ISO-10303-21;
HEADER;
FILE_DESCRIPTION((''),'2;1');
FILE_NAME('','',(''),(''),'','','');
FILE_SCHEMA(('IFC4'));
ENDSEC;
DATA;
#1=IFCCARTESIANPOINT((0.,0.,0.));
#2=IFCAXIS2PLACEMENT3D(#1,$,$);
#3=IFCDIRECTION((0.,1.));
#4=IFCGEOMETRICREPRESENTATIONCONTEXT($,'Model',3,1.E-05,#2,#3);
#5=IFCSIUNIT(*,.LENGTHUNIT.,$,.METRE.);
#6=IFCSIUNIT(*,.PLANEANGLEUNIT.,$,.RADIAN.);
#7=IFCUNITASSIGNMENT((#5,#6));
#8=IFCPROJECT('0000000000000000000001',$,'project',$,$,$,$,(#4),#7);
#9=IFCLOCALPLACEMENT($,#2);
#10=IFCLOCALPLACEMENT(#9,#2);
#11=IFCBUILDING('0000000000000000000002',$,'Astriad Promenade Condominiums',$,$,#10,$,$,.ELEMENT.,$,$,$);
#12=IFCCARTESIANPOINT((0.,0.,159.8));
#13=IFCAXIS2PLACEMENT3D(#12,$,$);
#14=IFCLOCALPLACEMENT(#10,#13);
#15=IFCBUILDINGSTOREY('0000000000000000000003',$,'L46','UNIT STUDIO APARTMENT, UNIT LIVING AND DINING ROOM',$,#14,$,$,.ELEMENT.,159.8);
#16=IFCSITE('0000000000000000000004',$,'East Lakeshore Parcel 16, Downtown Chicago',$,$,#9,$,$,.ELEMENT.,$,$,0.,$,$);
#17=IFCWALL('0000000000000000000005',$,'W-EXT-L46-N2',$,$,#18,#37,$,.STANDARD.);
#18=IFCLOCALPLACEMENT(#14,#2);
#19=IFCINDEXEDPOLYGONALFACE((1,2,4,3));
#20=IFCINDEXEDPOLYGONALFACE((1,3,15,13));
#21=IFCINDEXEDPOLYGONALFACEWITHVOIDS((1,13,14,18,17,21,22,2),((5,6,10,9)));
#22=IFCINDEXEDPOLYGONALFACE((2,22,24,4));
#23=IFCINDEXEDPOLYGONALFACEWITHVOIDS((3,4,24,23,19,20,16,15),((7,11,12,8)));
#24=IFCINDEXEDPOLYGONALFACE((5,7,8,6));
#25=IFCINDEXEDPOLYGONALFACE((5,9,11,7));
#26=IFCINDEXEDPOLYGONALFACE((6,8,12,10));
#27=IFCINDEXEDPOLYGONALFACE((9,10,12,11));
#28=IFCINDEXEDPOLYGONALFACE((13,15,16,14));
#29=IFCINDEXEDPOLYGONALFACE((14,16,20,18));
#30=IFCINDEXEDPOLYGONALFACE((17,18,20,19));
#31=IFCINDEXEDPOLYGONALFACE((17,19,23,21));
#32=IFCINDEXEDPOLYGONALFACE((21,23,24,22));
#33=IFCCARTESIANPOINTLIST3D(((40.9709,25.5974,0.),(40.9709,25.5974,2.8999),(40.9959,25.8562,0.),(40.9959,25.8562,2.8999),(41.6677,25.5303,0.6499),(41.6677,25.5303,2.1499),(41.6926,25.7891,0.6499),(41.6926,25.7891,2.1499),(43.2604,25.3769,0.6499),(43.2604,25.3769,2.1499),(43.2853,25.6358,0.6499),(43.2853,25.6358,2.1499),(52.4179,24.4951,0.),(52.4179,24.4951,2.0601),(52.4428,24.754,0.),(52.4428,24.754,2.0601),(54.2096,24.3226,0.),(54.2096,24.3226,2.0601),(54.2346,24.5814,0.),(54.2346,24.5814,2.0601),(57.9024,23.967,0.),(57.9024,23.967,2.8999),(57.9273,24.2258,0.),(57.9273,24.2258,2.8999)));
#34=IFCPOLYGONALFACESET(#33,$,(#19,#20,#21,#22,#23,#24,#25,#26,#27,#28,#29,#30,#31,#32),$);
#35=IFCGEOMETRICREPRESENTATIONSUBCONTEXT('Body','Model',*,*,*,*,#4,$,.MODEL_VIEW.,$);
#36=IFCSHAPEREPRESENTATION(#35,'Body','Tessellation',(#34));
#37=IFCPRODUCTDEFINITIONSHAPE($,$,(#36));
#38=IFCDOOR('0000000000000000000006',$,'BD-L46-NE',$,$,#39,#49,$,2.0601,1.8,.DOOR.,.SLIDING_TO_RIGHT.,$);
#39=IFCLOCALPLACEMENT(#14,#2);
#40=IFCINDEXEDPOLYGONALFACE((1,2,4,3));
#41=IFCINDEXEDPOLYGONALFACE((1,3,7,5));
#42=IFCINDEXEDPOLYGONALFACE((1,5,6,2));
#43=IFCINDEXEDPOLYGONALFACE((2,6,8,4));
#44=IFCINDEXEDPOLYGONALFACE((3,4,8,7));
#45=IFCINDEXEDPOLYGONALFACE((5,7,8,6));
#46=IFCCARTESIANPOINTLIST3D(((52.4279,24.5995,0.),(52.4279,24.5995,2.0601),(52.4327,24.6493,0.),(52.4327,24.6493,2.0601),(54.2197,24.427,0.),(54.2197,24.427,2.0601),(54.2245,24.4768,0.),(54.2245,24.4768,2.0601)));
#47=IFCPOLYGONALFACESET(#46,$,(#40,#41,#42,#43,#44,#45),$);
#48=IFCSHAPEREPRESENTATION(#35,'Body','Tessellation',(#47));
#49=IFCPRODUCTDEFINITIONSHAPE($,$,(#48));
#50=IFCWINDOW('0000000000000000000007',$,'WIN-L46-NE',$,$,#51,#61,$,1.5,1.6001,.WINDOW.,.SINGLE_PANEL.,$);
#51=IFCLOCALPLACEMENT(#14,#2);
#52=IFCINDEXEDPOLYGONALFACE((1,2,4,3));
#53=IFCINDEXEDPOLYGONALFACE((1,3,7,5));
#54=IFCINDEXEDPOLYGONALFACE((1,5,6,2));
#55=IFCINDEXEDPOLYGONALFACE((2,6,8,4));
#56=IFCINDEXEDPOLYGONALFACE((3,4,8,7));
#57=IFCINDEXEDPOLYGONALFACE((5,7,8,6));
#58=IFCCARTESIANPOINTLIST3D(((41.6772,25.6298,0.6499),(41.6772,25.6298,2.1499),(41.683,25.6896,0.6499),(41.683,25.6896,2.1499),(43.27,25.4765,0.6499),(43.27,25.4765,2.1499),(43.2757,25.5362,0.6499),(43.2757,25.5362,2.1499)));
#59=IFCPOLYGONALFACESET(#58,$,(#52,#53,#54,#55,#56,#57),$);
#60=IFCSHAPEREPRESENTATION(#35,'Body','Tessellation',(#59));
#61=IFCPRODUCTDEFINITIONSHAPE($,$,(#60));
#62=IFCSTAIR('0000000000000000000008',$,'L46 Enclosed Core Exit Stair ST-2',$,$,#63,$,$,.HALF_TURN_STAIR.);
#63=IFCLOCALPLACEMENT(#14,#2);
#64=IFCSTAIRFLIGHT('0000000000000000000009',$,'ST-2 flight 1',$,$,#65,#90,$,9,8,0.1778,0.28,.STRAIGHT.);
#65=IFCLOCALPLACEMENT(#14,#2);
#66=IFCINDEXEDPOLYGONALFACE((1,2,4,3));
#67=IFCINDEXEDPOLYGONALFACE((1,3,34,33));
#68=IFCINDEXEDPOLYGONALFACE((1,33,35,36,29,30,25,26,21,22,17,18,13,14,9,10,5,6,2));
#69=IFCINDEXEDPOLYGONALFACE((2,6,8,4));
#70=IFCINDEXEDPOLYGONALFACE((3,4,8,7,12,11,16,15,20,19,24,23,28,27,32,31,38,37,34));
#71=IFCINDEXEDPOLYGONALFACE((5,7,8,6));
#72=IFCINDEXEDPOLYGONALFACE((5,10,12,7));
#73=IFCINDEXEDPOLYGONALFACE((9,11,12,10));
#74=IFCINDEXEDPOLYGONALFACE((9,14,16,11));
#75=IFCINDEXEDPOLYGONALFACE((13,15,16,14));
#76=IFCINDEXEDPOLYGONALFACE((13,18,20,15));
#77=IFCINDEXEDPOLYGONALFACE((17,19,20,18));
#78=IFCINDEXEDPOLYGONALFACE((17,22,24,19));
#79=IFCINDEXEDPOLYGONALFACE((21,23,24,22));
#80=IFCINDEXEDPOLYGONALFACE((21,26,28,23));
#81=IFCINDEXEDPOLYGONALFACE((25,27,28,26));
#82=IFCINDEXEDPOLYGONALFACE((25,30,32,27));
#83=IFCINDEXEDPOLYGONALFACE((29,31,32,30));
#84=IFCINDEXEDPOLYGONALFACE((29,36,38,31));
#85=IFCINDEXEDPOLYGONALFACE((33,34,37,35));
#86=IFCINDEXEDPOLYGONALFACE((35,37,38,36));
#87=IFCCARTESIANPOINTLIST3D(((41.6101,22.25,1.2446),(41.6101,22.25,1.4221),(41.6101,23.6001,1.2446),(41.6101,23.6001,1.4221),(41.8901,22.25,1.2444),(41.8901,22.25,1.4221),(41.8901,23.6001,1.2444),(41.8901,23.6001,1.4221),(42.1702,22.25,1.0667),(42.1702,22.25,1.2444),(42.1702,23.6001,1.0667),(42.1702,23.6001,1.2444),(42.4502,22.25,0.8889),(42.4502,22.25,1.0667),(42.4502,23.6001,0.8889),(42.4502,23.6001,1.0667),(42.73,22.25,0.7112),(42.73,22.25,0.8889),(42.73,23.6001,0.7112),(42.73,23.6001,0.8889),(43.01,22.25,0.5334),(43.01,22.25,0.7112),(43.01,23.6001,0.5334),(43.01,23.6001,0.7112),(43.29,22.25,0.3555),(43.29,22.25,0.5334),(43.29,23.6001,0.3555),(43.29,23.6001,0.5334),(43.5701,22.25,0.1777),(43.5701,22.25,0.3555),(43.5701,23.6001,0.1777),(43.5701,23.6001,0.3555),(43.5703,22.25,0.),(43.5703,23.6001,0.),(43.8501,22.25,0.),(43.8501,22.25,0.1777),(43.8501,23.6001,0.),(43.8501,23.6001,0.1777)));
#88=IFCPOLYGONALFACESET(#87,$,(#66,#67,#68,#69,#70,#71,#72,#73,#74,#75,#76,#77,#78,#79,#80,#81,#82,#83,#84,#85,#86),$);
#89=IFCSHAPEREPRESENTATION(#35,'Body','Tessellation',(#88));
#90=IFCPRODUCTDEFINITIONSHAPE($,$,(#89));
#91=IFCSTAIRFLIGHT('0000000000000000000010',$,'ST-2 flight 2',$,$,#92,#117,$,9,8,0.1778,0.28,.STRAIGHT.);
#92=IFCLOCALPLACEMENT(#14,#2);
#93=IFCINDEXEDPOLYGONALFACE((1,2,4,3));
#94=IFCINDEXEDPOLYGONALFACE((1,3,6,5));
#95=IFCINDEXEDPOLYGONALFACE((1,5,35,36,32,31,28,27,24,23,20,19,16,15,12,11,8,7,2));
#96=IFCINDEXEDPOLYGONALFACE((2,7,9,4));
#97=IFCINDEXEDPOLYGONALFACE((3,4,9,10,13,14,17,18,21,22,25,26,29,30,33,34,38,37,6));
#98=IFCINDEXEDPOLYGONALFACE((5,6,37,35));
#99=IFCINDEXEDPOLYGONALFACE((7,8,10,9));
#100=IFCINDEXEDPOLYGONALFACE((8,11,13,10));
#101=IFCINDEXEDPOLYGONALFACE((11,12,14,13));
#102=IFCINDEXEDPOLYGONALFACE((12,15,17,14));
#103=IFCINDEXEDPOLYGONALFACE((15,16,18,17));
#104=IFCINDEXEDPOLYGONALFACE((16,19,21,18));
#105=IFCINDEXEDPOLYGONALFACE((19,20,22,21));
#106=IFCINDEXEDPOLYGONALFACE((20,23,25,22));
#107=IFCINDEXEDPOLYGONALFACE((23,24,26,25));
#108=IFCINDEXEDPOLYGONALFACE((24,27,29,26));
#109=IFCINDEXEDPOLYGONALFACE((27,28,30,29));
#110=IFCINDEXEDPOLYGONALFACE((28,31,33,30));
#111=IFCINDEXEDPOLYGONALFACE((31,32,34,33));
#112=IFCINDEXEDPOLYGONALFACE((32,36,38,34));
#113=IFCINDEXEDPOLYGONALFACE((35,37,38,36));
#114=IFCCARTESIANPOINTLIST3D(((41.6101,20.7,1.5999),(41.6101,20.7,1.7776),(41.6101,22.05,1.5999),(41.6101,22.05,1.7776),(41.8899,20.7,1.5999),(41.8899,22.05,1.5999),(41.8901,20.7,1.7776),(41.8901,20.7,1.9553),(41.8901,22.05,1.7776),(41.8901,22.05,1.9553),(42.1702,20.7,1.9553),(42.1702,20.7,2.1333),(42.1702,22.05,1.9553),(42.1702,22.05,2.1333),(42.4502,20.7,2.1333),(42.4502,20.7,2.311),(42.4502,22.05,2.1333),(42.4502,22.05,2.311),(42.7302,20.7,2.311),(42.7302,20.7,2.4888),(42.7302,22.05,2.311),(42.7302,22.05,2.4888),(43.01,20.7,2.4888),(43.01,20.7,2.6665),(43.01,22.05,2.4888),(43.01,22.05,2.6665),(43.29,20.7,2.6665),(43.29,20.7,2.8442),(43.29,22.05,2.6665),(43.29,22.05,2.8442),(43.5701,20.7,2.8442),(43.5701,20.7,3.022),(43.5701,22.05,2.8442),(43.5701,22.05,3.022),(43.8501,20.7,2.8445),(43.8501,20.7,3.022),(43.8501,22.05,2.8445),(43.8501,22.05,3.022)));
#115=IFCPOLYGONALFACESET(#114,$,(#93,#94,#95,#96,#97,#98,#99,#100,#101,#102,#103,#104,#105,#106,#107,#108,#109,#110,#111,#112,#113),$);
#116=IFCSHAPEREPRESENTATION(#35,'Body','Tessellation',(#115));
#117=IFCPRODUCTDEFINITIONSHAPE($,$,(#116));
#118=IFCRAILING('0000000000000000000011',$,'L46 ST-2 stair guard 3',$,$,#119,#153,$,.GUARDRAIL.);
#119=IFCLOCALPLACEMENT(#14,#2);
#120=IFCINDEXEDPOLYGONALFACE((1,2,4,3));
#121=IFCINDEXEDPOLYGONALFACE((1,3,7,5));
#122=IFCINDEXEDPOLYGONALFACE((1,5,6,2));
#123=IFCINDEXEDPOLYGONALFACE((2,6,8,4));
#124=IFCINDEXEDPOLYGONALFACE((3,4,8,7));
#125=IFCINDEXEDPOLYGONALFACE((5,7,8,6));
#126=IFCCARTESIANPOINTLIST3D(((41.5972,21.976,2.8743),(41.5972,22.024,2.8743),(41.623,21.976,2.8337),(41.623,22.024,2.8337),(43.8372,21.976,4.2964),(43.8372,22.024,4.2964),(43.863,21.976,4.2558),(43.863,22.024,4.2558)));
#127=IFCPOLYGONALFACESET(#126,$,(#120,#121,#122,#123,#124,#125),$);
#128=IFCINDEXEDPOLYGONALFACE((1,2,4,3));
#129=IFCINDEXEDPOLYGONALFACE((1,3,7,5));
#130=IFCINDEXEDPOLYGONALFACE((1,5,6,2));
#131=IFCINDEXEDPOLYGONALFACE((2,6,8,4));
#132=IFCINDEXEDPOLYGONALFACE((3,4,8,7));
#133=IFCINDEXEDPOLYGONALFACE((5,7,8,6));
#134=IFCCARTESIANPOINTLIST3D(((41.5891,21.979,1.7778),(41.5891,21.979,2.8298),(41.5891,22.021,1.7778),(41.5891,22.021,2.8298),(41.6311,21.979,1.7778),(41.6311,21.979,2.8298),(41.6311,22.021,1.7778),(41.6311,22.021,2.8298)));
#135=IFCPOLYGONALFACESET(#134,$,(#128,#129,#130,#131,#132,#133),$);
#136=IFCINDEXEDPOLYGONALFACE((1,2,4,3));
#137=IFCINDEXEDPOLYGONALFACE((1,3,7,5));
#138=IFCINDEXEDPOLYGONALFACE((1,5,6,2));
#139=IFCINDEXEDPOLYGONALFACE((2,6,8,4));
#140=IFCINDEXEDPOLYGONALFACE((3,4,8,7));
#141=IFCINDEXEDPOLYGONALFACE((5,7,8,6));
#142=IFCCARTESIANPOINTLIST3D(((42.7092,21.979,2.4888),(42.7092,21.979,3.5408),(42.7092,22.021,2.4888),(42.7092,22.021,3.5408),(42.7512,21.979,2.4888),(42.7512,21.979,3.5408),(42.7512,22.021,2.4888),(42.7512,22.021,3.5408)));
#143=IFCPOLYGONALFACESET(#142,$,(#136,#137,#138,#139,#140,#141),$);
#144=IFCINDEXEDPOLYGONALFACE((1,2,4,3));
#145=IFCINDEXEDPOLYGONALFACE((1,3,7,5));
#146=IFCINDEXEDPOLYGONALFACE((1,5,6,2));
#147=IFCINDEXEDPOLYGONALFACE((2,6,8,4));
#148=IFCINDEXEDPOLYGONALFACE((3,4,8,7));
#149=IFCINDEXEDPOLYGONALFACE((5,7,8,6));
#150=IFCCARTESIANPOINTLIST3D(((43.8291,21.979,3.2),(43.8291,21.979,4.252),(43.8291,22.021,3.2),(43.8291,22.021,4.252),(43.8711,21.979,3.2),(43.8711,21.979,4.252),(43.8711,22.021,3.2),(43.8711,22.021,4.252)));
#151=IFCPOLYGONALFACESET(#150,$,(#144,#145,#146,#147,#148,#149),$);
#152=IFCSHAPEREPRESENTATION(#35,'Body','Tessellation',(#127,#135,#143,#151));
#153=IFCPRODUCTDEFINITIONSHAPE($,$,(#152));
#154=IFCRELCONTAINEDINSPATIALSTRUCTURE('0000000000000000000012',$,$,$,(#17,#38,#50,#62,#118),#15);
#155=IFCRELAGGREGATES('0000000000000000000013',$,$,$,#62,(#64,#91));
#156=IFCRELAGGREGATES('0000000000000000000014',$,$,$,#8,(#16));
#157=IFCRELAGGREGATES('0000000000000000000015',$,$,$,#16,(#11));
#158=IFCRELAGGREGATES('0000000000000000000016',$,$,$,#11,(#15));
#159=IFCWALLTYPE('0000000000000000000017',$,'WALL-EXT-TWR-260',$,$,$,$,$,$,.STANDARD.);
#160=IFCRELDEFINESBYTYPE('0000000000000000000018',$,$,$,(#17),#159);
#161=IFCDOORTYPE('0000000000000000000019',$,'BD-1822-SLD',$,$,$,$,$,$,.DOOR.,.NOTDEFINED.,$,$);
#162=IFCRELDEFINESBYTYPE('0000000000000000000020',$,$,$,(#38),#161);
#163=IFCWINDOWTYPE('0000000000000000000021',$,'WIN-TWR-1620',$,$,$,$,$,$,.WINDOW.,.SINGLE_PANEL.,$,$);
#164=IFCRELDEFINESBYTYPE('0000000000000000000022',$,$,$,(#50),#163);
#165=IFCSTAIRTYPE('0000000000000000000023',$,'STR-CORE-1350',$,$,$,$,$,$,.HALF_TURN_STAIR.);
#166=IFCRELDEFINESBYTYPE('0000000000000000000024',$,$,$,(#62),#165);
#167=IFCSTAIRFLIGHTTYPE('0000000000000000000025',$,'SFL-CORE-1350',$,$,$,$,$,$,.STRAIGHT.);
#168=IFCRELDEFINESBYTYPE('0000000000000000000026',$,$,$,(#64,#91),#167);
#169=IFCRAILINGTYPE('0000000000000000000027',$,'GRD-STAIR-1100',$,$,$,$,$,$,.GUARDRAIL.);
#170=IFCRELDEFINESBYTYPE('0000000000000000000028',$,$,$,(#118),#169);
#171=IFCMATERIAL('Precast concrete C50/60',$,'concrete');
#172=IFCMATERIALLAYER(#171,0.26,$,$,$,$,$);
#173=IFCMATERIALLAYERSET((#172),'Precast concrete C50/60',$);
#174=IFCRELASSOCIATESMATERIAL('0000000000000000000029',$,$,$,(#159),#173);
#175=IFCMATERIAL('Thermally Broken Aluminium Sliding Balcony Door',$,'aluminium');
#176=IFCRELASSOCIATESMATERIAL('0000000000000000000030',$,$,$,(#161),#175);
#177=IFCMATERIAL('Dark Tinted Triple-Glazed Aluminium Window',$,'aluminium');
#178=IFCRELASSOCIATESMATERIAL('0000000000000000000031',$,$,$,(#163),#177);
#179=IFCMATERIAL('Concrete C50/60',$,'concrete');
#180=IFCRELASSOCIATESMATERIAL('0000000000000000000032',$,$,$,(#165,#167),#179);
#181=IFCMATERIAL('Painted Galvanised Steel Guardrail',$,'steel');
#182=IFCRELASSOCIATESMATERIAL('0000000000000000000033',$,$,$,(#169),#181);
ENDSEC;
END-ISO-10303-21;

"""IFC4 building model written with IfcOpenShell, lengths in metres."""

from ifc_helpers import new_model, si_unit, direction, frame, frame_2d, origin, origin_2d, place, context, subcontext, project, spatial, polyline, rectangle, outline, extrude, source, transform, mapped, material, layer, layer_set, type_object, type_shapes, element, fill, aggregate, save


model = new_model("IFC4")

# Units and contexts
model_context = context("Model", 3, precision=1e-05, world=origin(), true_north=direction((0.0, 1.0)))
body_context = subcontext(model_context, "Body", "Model", "MODEL_VIEW")
ifc_project = project(units=[si_unit("LENGTHUNIT", "METRE"), si_unit("PLANEANGLEUNIT", "RADIAN")], contexts=[model_context])

# Site, building, storey
site_placement = place(None, origin())
site = spatial("IfcSite", under=ifc_project, at=site_placement, Name="East Lakeshore Parcel 16, Downtown Chicago", CompositionType="ELEMENT", RefElevation=0.0)
building_placement = place(site_placement, origin())
building = spatial("IfcBuilding", under=site, at=building_placement, Name="Astriad Promenade Condominiums", CompositionType="ELEMENT")
storey_placement = place(building_placement, frame((0.0, 0.0, 159.8)))
storey = spatial("IfcBuildingStorey", under=building, at=storey_placement, Name="L46", Description="UNIT STUDIO APARTMENT, UNIT LIVING AND DINING ROOM", CompositionType="ELEMENT", Elevation=159.8)

# Shared definitions
ifc_material_1 = material(Name="Concrete C50/60", Category="concrete")

# Wall, openings, door, window
ifc_material_2 = material(Name="Precast concrete C50/60", Category="concrete")
ifc_layer_1 = layer(ifc_material_2, 0.26)
ifc_layer_set_1 = layer_set([ifc_layer_1], Name="Precast concrete C50/60")
wall_type_1 = type_object("IfcWallType", Name="WALL-EXT-TWR-260", PredefinedType="STANDARD", material=ifc_layer_set_1)
wall_1_placement = place(storey_placement, frame((40.9834, 25.7268, 0.0), z_axis=(0.0, 0.0, 1.0), x_axis=(0.995396, -0.095849, 0.0)))
wall_1 = element("IfcWall", 1, at=wall_1_placement, inside=storey, type_object=wall_type_1, Name="W-EXT-L46-N2", PredefinedType="STANDARD", context=body_context, shape_type="SweptSolid", body=[
    extrude(rectangle(XDim=17.0098, YDim=0.26, at=frame_2d((8.5049, 0.0))), origin(), (0.0, 0.0, 1.0), 2.8999),
])
opening_1_placement = place(wall_1_placement, frame((11.5, 0.0, 0.0)))
opening_1 = element("IfcOpeningElement", 2, at=opening_1_placement, cuts=wall_1, PredefinedType="OPENING", context=body_context, shape_type="SweptSolid", body=[
    extrude(rectangle(XDim=1.8, YDim=2.0601, at=frame_2d((0.8999, 1.03))), frame((0.0, 0.1399, 0.0), z_axis=(0.0, -1.0, 0.0), x_axis=(1.0, 0.0, 0.0)), (0.0, 0.0, 1.0), 0.28),
])
opening_2_placement = place(wall_1_placement, frame((0.7, 0.0, 0.6499)))
opening_2 = element("IfcOpeningElement", 3, at=opening_2_placement, cuts=wall_1, PredefinedType="OPENING", context=body_context, shape_type="SweptSolid", body=[
    extrude(rectangle(XDim=1.6001, YDim=1.5, at=frame_2d((0.8, 0.75))), frame((0.0, 0.1399, 0.0), z_axis=(0.0, -1.0, 0.0), x_axis=(1.0, 0.0, 0.0)), (0.0, 0.0, 1.0), 0.28),
])
ifc_material_3 = material(Name="Thermally Broken Aluminium Sliding Balcony Door", Category="aluminium")
door_type_1 = type_object("IfcDoorType", Name="BD-1822-SLD", OperationType="NOTDEFINED", PredefinedType="DOOR", material=ifc_material_3)
shared_shape_1 = source(origin(), body_context, "Body", "SweptSolid", [
    extrude(rectangle(XDim=1.8, YDim=2.0601, at=frame_2d((0.8999, 1.03))), frame((0.0, 0.0249, 0.0), z_axis=(0.0, -1.0, 0.0), x_axis=(1.0, 0.0, 0.0)), (0.0, 0.0, 1.0), 0.05),
])
type_shapes(door_type_1, [shared_shape_1])
door_1_placement = place(opening_1_placement, origin())
door_1 = element("IfcDoor", 4, at=door_1_placement, inside=storey, type_object=door_type_1, Name="BD-L46-NE", OperationType="SLIDING_TO_RIGHT", OverallHeight=2.0601, OverallWidth=1.8, PredefinedType="DOOR", context=body_context, shape_type="MappedRepresentation", body=[
    mapped(shared_shape_1, transform((0.0, 0.0, 0.0), scale=1.0)),
])
fill(opening_1, door_1)
ifc_material_4 = material(Name="Dark Tinted Triple-Glazed Aluminium Window", Category="aluminium")
window_type = type_object("IfcWindowType", Name="WIN-TWR-1620", PartitioningType="SINGLE_PANEL", PredefinedType="WINDOW", material=ifc_material_4)
shared_shape_2 = source(origin(), body_context, "Body", "SweptSolid", [
    extrude(rectangle(XDim=1.6001, YDim=1.5, at=frame_2d((0.8, 0.75))), frame((0.0, 0.03, 0.0), z_axis=(0.0, -1.0, 0.0), x_axis=(1.0, 0.0, 0.0)), (0.0, 0.0, 1.0), 0.0601),
])
type_shapes(window_type, [shared_shape_2])
window_placement = place(opening_2_placement, origin())
window = element("IfcWindow", 5, at=window_placement, inside=storey, type_object=window_type, Name="WIN-L46-NE", OverallHeight=1.5, OverallWidth=1.6001, PartitioningType="SINGLE_PANEL", PredefinedType="WINDOW", context=body_context, shape_type="MappedRepresentation", body=[
    mapped(shared_shape_2, transform((0.0, 0.0, 0.0), scale=1.0)),
])
fill(opening_2, window)

# Stair, stair flights
stair_type = type_object("IfcStairType", Name="STR-CORE-1350", PredefinedType="HALF_TURN_STAIR", material=ifc_material_1)
stair_placement = place(storey_placement, origin())
stair = element("IfcStair", 6, at=stair_placement, inside=storey, type_object=stair_type, Name="L46 Enclosed Core Exit Stair ST-2", PredefinedType="HALF_TURN_STAIR")
stair_flight_type = type_object("IfcStairFlightType", Name="SFL-CORE-1350", PredefinedType="STRAIGHT", material=ifc_material_1)
shared_shape_3 = source(origin(), body_context, "Body", "SweptSolid", [
    extrude(outline(polyline([(0.0, 0.0), (0.0, 0.1777), (0.28, 0.1777), (0.28, 0.3555), (0.5601, 0.3555), (0.5601, 0.5334), (0.8401, 0.5334), (0.8401, 0.7112), (1.1201, 0.7112), (1.1201, 0.8889), (1.3999, 0.8889), (1.3999, 1.0667), (1.6799, 1.0667), (1.6799, 1.2444), (1.96, 1.2444), (1.96, 1.4221), (2.24, 1.4221), (2.24, 1.6001), (2.24, 1.2446), (0.2798, 0.0), (0.0, 0.0)])), frame((0.0, 0.675, 0.0), z_axis=(0.0, -1.0, 0.0), x_axis=(1.0, 0.0, 0.0)), (0.0, 0.0, 1.0), 1.3501),
])
type_shapes(stair_flight_type, [shared_shape_3])
stair_flight_1_placement = place(storey_placement, frame((43.8501, 22.925, 0.0), z_axis=(0.0, 0.0, 1.0), x_axis=(-1.0, 0.0, 0.0)))
stair_flight_1 = element("IfcStairFlight", 7, at=stair_flight_1_placement, type_object=stair_flight_type, Name="ST-2 flight 1", NumberOfRisers=9, NumberOfTreads=8, PredefinedType="STRAIGHT", RiserHeight=0.1778, TreadLength=0.28, context=body_context, shape_type="MappedRepresentation", body=[
    mapped(shared_shape_3, transform((0.0, 0.0, 0.0), scale=1.0)),
])
stair_flight_2_placement = place(storey_placement, frame((41.6101, 21.375, 1.5999), z_axis=(0.0, 0.0, 1.0), x_axis=(1.0, 0.0, 0.0)))
stair_flight_2 = element("IfcStairFlight", 8, at=stair_flight_2_placement, type_object=stair_flight_type, Name="ST-2 flight 2", NumberOfRisers=9, NumberOfTreads=8, PredefinedType="STRAIGHT", RiserHeight=0.1778, TreadLength=0.28, context=body_context, shape_type="MappedRepresentation", body=[
    mapped(shared_shape_3, transform((0.0, 0.0, 0.0), scale=1.0)),
])
aggregate(stair, [stair_flight_1, stair_flight_2])

# Railing
ifc_material_5 = material(Name="Painted Galvanised Steel Guardrail", Category="steel")
railing_type_1 = type_object("IfcRailingType", Name="GRD-STAIR-1100", PredefinedType="GUARDRAIL", material=ifc_material_5)
shared_shape_4 = source(origin(), body_context, "Body", "SweptSolid", [
    extrude(rectangle(XDim=0.0481, YDim=0.0481, at=origin_2d()), frame((0.0, 0.0, 1.0762), z_axis=(0.844229, 0.0, 0.535982), x_axis=(0.0, 1.0, 0.0)), (0.0, 0.0, 1.0), 2.6533),
    extrude(rectangle(XDim=0.042, YDim=0.042, at=origin_2d()), origin(), (0.0, 0.0, 1.0), 1.052),
    extrude(rectangle(XDim=0.042, YDim=0.042, at=origin_2d()), frame((1.1201, 0.0, 0.7109)), (0.0, 0.0, 1.0), 1.052),
    extrude(rectangle(XDim=0.042, YDim=0.042, at=origin_2d()), frame((2.24, 0.0, 1.4221)), (0.0, 0.0, 1.0), 1.052),
])
railing_1_placement = place(storey_placement, frame((41.6101, 22.0, 1.7778)))
element("IfcRailing", 9, at=railing_1_placement, inside=storey, type_object=railing_type_1, Name="L46 ST-2 stair guard 3", PredefinedType="GUARDRAIL", context=body_context, shape_type="MappedRepresentation", body=[
    mapped(shared_shape_4, transform((0.0, 0.0, 0.0), scale=1.0)),
])

save(model, "model.ifc")
